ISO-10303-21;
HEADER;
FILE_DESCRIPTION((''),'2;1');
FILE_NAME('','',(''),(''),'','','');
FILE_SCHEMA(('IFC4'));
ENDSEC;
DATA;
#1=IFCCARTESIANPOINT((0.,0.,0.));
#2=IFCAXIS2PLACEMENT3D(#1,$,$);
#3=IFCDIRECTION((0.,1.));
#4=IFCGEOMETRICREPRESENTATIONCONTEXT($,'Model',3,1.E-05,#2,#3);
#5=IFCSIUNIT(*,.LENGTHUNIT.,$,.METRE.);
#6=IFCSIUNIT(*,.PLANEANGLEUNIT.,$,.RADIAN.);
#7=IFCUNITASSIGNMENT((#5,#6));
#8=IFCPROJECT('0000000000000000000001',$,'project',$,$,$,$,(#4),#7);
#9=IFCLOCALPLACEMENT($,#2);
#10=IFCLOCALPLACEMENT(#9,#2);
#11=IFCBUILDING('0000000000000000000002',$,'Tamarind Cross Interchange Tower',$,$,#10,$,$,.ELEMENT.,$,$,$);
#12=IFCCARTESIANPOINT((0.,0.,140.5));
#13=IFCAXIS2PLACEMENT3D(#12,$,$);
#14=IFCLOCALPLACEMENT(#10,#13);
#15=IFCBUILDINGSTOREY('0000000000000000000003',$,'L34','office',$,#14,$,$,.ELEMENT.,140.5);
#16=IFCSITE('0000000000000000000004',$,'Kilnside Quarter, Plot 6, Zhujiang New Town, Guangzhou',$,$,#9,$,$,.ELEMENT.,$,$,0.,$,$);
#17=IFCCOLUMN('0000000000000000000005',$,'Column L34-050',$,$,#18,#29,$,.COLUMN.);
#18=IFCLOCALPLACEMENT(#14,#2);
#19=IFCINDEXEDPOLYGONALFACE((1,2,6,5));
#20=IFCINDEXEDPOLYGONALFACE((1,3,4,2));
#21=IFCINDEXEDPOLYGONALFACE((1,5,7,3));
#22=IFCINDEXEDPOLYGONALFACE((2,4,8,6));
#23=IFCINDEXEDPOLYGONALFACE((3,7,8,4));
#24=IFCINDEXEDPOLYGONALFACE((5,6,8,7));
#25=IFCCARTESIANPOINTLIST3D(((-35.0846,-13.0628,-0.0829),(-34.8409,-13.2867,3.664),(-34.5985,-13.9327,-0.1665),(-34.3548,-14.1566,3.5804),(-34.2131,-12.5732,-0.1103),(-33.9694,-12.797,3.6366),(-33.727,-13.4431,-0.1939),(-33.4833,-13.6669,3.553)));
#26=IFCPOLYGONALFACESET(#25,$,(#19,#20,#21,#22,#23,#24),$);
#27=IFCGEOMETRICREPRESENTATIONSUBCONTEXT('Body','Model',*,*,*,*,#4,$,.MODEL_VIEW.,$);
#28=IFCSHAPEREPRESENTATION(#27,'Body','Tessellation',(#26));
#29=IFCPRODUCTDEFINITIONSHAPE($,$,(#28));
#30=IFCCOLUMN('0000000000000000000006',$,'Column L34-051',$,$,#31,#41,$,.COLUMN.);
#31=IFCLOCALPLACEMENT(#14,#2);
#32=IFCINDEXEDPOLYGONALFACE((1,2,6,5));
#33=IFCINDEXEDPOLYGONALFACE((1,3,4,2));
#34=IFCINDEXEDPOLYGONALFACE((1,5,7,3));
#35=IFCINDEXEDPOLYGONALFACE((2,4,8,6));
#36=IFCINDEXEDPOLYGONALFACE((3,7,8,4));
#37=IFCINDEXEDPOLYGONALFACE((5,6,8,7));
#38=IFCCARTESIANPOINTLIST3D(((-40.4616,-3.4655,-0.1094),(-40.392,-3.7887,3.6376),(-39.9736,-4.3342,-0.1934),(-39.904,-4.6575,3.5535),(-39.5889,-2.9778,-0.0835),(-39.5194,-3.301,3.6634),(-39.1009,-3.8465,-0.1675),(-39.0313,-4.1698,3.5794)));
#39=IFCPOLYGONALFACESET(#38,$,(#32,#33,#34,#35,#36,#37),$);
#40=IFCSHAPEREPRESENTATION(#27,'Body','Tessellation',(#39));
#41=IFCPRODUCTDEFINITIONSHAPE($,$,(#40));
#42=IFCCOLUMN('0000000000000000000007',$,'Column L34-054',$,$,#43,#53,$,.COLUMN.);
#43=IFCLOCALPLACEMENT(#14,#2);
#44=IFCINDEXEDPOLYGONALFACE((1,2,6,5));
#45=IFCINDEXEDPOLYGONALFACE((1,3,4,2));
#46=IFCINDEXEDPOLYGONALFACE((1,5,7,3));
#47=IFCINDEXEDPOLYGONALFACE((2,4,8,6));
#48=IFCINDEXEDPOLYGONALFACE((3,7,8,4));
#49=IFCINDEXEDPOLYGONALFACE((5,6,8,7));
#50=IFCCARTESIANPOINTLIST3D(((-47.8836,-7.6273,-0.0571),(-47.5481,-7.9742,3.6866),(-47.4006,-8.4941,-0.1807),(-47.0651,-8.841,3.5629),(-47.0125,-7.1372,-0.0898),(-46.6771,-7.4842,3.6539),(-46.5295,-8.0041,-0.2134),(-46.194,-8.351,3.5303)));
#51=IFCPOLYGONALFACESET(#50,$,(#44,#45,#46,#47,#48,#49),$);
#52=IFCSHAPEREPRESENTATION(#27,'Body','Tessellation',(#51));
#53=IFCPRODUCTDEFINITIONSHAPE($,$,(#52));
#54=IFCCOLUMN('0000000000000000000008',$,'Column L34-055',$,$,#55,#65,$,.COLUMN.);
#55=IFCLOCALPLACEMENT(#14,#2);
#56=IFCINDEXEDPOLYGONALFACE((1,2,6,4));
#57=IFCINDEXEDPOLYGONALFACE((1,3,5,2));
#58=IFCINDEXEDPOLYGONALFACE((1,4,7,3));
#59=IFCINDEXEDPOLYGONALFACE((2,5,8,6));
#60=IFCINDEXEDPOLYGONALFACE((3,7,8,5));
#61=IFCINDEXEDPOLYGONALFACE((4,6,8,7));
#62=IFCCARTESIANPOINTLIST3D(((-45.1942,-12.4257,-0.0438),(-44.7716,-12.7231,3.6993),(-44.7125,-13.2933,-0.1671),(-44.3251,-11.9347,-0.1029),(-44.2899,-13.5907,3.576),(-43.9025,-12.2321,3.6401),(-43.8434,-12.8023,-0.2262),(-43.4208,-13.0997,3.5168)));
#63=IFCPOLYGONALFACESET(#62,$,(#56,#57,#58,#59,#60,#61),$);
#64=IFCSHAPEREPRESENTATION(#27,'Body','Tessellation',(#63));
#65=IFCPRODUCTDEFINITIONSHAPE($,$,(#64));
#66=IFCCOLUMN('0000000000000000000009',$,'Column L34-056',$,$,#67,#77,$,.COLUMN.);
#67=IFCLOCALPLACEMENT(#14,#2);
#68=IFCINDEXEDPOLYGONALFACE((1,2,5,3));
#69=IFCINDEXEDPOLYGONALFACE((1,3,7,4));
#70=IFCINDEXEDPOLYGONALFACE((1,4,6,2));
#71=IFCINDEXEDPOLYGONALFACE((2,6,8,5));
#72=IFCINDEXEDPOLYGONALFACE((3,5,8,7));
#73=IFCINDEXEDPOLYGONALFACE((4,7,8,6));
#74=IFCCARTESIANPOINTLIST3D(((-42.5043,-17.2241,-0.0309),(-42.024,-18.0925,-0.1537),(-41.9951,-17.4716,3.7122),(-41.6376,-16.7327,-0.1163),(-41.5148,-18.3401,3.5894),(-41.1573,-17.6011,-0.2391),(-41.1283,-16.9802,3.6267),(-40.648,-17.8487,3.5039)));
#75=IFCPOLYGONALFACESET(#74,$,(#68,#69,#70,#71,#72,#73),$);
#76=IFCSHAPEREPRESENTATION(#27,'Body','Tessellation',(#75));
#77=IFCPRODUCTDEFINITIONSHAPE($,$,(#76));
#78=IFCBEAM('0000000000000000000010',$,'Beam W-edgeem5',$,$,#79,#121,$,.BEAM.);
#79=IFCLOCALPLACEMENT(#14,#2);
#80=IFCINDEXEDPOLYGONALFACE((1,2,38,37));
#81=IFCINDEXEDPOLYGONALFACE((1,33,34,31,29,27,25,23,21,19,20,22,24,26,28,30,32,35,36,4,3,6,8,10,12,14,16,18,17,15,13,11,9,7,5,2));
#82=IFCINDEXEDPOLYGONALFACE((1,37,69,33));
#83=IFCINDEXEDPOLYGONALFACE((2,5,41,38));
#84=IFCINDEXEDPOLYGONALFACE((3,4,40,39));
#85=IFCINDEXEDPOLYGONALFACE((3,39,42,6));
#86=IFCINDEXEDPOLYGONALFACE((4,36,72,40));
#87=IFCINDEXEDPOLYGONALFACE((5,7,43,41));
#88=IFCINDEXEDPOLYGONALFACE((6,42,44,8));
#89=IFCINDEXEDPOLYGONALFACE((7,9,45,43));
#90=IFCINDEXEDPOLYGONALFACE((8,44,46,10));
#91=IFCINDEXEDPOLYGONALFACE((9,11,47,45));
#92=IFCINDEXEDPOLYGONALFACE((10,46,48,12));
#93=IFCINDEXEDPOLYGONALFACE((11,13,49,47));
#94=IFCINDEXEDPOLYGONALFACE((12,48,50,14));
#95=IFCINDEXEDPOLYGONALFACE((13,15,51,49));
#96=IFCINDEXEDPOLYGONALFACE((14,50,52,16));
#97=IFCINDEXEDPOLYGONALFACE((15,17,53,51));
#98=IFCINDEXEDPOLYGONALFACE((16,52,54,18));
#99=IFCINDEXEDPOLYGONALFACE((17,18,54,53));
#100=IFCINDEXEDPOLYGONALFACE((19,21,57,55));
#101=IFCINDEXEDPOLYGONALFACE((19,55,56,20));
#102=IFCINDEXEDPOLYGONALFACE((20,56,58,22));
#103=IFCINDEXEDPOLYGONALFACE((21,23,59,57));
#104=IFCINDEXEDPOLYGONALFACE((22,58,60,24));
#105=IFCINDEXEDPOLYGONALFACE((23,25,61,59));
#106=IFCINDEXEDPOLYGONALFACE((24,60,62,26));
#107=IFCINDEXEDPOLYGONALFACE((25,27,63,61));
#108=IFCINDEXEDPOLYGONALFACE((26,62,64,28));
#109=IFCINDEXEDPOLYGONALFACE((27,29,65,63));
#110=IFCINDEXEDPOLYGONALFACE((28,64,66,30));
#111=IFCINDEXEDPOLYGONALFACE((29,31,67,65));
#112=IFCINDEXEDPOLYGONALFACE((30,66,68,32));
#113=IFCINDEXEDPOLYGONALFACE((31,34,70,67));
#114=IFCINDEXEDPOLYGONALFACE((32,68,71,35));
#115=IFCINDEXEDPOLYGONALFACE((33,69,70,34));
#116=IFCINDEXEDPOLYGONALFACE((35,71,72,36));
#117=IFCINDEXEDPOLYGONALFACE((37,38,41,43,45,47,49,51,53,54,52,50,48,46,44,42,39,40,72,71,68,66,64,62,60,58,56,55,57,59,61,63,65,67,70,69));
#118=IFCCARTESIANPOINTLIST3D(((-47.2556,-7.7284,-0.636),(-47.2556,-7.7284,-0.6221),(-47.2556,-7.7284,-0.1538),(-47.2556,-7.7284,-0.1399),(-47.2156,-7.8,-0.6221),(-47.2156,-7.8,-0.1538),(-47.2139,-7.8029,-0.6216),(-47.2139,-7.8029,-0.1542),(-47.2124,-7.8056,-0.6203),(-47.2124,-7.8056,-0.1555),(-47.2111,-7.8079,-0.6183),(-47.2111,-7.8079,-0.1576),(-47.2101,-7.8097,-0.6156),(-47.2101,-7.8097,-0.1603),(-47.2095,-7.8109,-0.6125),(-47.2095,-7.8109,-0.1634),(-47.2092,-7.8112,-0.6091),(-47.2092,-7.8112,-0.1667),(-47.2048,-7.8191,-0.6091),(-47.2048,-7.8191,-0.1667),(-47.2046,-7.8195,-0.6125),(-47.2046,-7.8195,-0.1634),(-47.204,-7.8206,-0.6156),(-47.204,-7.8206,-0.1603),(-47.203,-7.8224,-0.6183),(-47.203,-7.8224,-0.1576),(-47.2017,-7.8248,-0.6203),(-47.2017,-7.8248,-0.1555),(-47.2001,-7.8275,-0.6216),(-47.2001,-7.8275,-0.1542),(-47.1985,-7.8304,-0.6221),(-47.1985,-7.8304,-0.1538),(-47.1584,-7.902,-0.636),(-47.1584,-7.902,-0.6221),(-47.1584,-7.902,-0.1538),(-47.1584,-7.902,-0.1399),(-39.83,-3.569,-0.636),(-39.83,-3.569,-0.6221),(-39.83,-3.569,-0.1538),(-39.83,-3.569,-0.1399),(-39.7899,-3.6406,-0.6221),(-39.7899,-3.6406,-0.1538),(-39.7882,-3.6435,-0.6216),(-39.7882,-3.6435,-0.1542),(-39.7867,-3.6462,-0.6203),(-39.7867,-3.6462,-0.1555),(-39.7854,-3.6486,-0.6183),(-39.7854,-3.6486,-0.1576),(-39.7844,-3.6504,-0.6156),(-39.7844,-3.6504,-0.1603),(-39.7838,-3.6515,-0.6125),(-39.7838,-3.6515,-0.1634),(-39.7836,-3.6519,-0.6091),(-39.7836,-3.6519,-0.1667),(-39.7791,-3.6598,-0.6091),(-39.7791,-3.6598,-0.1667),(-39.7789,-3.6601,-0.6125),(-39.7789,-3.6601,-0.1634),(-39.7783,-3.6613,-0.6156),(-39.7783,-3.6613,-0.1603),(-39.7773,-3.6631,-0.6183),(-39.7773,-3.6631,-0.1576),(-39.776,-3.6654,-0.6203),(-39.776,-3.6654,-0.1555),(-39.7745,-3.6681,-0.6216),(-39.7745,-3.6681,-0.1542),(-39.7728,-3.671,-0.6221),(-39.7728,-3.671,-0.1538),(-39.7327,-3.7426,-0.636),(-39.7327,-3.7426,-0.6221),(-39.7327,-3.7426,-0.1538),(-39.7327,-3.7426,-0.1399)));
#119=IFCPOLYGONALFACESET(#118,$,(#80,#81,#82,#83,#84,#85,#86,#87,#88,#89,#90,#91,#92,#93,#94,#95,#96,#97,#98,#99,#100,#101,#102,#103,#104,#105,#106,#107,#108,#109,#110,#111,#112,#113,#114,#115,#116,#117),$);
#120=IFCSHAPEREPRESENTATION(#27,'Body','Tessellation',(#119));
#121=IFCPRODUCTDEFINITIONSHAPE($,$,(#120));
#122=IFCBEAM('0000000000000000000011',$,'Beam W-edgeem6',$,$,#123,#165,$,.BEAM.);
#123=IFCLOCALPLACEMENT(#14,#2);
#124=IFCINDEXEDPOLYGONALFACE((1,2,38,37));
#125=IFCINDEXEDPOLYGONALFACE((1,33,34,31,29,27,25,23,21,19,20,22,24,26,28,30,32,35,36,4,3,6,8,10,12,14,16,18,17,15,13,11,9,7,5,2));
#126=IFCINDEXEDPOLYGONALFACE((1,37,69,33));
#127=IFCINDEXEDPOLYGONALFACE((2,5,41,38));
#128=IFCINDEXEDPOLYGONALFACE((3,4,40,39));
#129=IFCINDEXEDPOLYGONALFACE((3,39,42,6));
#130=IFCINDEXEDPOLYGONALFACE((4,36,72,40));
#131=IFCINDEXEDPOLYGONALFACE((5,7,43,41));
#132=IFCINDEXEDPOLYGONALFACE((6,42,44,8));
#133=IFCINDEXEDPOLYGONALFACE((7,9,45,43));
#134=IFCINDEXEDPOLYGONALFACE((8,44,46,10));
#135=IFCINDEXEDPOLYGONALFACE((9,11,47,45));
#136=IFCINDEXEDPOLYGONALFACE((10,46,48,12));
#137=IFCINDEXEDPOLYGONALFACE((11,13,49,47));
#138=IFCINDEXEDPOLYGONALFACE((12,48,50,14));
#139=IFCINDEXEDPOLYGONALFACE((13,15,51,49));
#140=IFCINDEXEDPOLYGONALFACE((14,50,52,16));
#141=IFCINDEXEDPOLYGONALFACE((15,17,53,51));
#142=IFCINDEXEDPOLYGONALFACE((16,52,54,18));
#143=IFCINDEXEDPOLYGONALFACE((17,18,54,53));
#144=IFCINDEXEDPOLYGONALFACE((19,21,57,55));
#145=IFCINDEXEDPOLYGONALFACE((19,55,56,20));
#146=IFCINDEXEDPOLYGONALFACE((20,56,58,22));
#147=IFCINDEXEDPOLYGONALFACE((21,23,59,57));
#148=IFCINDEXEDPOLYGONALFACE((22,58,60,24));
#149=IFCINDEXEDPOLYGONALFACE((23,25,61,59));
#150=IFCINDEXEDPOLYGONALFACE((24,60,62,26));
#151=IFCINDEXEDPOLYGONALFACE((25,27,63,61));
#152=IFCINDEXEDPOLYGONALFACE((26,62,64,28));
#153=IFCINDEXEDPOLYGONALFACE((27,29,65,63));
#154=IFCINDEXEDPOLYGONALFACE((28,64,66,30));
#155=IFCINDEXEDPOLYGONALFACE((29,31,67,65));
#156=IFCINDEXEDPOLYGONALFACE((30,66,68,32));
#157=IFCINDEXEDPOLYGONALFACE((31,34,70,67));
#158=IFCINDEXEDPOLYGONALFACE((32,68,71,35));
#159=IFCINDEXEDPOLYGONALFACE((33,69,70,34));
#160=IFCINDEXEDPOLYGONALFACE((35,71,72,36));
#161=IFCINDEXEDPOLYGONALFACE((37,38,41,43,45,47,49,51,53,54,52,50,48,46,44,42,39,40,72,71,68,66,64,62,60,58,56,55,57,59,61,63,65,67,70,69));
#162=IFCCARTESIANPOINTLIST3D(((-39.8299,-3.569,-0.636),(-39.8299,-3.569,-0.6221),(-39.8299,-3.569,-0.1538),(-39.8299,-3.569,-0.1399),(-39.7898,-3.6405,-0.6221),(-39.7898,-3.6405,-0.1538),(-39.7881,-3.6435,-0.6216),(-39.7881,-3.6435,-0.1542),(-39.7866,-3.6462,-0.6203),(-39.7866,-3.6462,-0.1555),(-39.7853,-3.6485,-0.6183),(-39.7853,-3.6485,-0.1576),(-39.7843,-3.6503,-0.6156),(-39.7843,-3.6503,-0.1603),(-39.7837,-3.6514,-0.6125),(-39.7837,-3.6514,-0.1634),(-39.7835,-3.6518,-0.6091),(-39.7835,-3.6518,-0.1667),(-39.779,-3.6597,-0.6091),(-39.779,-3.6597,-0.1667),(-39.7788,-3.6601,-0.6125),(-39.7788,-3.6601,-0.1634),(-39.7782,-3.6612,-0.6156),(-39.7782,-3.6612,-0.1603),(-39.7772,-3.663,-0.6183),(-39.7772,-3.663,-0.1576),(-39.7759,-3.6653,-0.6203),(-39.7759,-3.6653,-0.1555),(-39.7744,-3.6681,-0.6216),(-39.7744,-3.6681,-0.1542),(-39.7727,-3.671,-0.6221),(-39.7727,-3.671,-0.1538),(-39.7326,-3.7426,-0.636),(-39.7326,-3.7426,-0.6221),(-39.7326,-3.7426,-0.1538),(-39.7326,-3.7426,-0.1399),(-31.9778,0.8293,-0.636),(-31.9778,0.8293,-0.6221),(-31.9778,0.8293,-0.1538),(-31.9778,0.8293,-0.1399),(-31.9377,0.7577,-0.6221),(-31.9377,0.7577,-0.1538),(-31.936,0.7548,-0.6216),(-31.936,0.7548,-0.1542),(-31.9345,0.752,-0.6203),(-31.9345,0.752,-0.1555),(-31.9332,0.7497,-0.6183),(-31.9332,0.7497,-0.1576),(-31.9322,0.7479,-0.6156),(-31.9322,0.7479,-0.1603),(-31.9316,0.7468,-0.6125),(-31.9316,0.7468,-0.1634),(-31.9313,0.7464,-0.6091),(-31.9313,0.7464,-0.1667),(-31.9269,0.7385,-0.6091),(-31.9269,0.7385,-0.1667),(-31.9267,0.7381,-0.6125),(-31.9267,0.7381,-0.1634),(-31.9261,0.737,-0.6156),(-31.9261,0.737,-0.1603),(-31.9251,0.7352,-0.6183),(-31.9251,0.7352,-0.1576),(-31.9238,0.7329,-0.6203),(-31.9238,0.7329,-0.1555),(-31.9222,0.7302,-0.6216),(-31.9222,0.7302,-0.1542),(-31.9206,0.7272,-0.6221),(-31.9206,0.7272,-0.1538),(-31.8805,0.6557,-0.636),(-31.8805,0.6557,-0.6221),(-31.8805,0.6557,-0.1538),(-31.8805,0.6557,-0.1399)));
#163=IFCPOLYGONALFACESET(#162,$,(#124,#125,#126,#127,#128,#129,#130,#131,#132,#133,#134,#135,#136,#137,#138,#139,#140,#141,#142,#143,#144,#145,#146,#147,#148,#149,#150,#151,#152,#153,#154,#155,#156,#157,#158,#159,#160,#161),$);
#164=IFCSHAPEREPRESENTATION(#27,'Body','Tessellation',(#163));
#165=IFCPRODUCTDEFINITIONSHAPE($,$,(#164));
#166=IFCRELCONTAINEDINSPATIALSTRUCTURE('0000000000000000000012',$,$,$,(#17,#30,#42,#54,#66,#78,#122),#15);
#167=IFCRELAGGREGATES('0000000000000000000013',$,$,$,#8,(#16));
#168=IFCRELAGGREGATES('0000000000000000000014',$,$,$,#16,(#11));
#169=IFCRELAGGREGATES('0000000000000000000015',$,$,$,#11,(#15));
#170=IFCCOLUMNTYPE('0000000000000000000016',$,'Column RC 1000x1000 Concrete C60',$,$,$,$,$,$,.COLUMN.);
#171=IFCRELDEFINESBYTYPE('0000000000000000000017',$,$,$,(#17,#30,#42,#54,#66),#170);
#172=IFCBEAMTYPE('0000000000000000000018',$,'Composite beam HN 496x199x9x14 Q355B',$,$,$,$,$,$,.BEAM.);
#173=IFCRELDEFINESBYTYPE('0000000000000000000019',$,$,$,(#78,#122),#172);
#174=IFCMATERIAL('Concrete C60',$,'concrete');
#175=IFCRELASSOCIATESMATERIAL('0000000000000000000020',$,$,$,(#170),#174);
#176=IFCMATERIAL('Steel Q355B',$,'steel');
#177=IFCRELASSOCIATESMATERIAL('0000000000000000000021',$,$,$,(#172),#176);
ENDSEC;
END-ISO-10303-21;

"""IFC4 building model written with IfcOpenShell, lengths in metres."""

from ifc_helpers import new_model, si_unit, direction, frame, origin, origin_2d, place, context, subcontext, project, spatial, rectangle, i_section, extrude, material, material_profile, profile_set, type_object, element, save


model = new_model("IFC4")

# Units and contexts
model_context = context("Model", 3, precision=1e-05, world=origin(), true_north=direction((0.0, 1.0)))
body_context = subcontext(model_context, "Body", "Model", "MODEL_VIEW")
ifc_project = project(units=[si_unit("LENGTHUNIT", "METRE"), si_unit("PLANEANGLEUNIT", "RADIAN")], contexts=[model_context])

# Site, building, storey
site_placement = place(None, origin())
site = spatial("IfcSite", under=ifc_project, at=site_placement, Name="Kilnside Quarter, Plot 6, Zhujiang New Town, Guangzhou", CompositionType="ELEMENT", RefElevation=0.0)
building_placement = place(site_placement, origin())
building = spatial("IfcBuilding", under=site, at=building_placement, Name="Tamarind Cross Interchange Tower", CompositionType="ELEMENT")
storey_placement = place(building_placement, frame((0.0, 0.0, 140.5)))
storey = spatial("IfcBuildingStorey", under=building, at=storey_placement, Name="L34", Description="office", CompositionType="ELEMENT", Elevation=140.5)

# Columns
ifc_material_1 = material(Name="Concrete C60", Category="concrete")
ifc_material_profile_1 = material_profile(ifc_material_1, rectangle(XDim=1.0, YDim=1.0, at=origin_2d()), Name="RC 1000x1000")
ifc_profile_set_1 = profile_set([ifc_material_profile_1], Name="Concrete C60")
column_type = type_object("IfcColumnType", Name="Column RC 1000x1000 Concrete C60", PredefinedType="COLUMN", material=ifc_profile_set_1)
for number, where, z_axis, x_axis, name in (
    (1, (-34.4058, -13.2529, -0.1384), (0.064777, -0.059519, 0.996123), (-0.486109, 0.869891, 0.083588), "Column L34-050"),
    (2, (-39.7812, -3.656, -0.1384), (0.018499, -0.085937, 0.996129), (0.872633, 0.48769, 0.025868), "Column L34-051"),
):
    element("IfcColumn", number, at=place(storey_placement, frame(where, z_axis=z_axis, x_axis=x_axis)), inside=storey, type_object=column_type, Name=name, PredefinedType="COLUMN", context=body_context, shape_type="SweptSolid", body=[
        extrude(rectangle(XDim=1.0, YDim=1.0, at=origin_2d()), origin(), (0.0, 0.0, 1.0), 3.7615),
    ])
column_1_placement = place(storey_placement, frame((-47.2065, -7.8157, -0.1353), z_axis=(0.088869, -0.091909, 0.991794), x_axis=(-0.483035, 0.866832, 0.123611)))
element("IfcColumn", 3, at=column_1_placement, inside=storey, type_object=column_type, Name="Column L34-054", PredefinedType="COLUMN", context=body_context, shape_type="SweptSolid", body=[
    extrude(rectangle(XDim=1.0, YDim=1.0, at=origin_2d()), origin(), (0.0, 0.0, 1.0), 3.7747),
])
column_2_placement = place(storey_placement, frame((-44.5188, -12.614, -0.135), z_axis=(0.11184, -0.078695, 0.990605), x_axis=(-0.481716, 0.867608, 0.123311)))
element("IfcColumn", 4, at=column_2_placement, inside=storey, type_object=column_type, Name="Column L34-055", PredefinedType="COLUMN", context=body_context, shape_type="SweptSolid", body=[
    extrude(rectangle(XDim=1.0, YDim=1.0, at=origin_2d()), origin(), (0.0, 0.0, 1.0), 3.7786),
])
column_3_placement = place(storey_placement, frame((-41.8308, -17.4126, -0.135), z_axis=(0.134525, -0.065392, 0.98875), x_axis=(-0.480274, 0.868482, 0.122782)))
element("IfcColumn", 5, at=column_3_placement, inside=storey, type_object=column_type, Name="Column L34-056", PredefinedType="COLUMN", context=body_context, shape_type="SweptSolid", body=[
    extrude(rectangle(XDim=1.0, YDim=1.0, at=origin_2d()), origin(), (0.0, 0.0, 1.0), 3.7856),
])

# Beams
ifc_material_2 = material(Name="Steel Q355B", Category="steel")
ifc_material_profile_2 = material_profile(ifc_material_2, i_section(OverallWidth=0.199, OverallDepth=0.4961, WebThickness=0.009, FlangeThickness=0.0139, FilletRadius=0.0129, at=origin_2d()), Name="HN 496x199x9x14")
ifc_profile_set_2 = profile_set([ifc_material_profile_2], Name="Steel Q355B")
beam_type_1 = type_object("IfcBeamType", Name="Composite beam HN 496x199x9x14 Q355B", PredefinedType="BEAM", material=ifc_profile_set_2)
beam_1_placement = place(storey_placement, frame((-47.207, -7.8152, -0.3879), z_axis=(0.872457, 0.488692, 0.0), x_axis=(-0.488692, 0.872457, 0.0)))
element("IfcBeam", 6, at=beam_1_placement, inside=storey, type_object=beam_type_1, Name="Beam W-edgeem5", PredefinedType="BEAM", context=body_context, shape_type="SweptSolid", body=[
    extrude(i_section(OverallWidth=0.199, OverallDepth=0.4961, WebThickness=0.009, FlangeThickness=0.0139, FilletRadius=0.0129, at=origin_2d()), origin(), (0.0, 0.0, 1.0), 8.5112),
])
beam_2_placement = place(storey_placement, frame((-39.7812, -3.6558, -0.3879), z_axis=(0.872457, 0.488692, 0.0), x_axis=(-0.488692, 0.872457, 0.0)))
element("IfcBeam", 7, at=beam_2_placement, inside=storey, type_object=beam_type_1, Name="Beam W-edgeem6", PredefinedType="BEAM", context=body_context, shape_type="SweptSolid", body=[
    extrude(i_section(OverallWidth=0.199, OverallDepth=0.4961, WebThickness=0.009, FlangeThickness=0.0139, FilletRadius=0.0129, at=origin_2d()), origin(), (0.0, 0.0, 1.0), 9.0),
])

save(model, "model.ifc")
